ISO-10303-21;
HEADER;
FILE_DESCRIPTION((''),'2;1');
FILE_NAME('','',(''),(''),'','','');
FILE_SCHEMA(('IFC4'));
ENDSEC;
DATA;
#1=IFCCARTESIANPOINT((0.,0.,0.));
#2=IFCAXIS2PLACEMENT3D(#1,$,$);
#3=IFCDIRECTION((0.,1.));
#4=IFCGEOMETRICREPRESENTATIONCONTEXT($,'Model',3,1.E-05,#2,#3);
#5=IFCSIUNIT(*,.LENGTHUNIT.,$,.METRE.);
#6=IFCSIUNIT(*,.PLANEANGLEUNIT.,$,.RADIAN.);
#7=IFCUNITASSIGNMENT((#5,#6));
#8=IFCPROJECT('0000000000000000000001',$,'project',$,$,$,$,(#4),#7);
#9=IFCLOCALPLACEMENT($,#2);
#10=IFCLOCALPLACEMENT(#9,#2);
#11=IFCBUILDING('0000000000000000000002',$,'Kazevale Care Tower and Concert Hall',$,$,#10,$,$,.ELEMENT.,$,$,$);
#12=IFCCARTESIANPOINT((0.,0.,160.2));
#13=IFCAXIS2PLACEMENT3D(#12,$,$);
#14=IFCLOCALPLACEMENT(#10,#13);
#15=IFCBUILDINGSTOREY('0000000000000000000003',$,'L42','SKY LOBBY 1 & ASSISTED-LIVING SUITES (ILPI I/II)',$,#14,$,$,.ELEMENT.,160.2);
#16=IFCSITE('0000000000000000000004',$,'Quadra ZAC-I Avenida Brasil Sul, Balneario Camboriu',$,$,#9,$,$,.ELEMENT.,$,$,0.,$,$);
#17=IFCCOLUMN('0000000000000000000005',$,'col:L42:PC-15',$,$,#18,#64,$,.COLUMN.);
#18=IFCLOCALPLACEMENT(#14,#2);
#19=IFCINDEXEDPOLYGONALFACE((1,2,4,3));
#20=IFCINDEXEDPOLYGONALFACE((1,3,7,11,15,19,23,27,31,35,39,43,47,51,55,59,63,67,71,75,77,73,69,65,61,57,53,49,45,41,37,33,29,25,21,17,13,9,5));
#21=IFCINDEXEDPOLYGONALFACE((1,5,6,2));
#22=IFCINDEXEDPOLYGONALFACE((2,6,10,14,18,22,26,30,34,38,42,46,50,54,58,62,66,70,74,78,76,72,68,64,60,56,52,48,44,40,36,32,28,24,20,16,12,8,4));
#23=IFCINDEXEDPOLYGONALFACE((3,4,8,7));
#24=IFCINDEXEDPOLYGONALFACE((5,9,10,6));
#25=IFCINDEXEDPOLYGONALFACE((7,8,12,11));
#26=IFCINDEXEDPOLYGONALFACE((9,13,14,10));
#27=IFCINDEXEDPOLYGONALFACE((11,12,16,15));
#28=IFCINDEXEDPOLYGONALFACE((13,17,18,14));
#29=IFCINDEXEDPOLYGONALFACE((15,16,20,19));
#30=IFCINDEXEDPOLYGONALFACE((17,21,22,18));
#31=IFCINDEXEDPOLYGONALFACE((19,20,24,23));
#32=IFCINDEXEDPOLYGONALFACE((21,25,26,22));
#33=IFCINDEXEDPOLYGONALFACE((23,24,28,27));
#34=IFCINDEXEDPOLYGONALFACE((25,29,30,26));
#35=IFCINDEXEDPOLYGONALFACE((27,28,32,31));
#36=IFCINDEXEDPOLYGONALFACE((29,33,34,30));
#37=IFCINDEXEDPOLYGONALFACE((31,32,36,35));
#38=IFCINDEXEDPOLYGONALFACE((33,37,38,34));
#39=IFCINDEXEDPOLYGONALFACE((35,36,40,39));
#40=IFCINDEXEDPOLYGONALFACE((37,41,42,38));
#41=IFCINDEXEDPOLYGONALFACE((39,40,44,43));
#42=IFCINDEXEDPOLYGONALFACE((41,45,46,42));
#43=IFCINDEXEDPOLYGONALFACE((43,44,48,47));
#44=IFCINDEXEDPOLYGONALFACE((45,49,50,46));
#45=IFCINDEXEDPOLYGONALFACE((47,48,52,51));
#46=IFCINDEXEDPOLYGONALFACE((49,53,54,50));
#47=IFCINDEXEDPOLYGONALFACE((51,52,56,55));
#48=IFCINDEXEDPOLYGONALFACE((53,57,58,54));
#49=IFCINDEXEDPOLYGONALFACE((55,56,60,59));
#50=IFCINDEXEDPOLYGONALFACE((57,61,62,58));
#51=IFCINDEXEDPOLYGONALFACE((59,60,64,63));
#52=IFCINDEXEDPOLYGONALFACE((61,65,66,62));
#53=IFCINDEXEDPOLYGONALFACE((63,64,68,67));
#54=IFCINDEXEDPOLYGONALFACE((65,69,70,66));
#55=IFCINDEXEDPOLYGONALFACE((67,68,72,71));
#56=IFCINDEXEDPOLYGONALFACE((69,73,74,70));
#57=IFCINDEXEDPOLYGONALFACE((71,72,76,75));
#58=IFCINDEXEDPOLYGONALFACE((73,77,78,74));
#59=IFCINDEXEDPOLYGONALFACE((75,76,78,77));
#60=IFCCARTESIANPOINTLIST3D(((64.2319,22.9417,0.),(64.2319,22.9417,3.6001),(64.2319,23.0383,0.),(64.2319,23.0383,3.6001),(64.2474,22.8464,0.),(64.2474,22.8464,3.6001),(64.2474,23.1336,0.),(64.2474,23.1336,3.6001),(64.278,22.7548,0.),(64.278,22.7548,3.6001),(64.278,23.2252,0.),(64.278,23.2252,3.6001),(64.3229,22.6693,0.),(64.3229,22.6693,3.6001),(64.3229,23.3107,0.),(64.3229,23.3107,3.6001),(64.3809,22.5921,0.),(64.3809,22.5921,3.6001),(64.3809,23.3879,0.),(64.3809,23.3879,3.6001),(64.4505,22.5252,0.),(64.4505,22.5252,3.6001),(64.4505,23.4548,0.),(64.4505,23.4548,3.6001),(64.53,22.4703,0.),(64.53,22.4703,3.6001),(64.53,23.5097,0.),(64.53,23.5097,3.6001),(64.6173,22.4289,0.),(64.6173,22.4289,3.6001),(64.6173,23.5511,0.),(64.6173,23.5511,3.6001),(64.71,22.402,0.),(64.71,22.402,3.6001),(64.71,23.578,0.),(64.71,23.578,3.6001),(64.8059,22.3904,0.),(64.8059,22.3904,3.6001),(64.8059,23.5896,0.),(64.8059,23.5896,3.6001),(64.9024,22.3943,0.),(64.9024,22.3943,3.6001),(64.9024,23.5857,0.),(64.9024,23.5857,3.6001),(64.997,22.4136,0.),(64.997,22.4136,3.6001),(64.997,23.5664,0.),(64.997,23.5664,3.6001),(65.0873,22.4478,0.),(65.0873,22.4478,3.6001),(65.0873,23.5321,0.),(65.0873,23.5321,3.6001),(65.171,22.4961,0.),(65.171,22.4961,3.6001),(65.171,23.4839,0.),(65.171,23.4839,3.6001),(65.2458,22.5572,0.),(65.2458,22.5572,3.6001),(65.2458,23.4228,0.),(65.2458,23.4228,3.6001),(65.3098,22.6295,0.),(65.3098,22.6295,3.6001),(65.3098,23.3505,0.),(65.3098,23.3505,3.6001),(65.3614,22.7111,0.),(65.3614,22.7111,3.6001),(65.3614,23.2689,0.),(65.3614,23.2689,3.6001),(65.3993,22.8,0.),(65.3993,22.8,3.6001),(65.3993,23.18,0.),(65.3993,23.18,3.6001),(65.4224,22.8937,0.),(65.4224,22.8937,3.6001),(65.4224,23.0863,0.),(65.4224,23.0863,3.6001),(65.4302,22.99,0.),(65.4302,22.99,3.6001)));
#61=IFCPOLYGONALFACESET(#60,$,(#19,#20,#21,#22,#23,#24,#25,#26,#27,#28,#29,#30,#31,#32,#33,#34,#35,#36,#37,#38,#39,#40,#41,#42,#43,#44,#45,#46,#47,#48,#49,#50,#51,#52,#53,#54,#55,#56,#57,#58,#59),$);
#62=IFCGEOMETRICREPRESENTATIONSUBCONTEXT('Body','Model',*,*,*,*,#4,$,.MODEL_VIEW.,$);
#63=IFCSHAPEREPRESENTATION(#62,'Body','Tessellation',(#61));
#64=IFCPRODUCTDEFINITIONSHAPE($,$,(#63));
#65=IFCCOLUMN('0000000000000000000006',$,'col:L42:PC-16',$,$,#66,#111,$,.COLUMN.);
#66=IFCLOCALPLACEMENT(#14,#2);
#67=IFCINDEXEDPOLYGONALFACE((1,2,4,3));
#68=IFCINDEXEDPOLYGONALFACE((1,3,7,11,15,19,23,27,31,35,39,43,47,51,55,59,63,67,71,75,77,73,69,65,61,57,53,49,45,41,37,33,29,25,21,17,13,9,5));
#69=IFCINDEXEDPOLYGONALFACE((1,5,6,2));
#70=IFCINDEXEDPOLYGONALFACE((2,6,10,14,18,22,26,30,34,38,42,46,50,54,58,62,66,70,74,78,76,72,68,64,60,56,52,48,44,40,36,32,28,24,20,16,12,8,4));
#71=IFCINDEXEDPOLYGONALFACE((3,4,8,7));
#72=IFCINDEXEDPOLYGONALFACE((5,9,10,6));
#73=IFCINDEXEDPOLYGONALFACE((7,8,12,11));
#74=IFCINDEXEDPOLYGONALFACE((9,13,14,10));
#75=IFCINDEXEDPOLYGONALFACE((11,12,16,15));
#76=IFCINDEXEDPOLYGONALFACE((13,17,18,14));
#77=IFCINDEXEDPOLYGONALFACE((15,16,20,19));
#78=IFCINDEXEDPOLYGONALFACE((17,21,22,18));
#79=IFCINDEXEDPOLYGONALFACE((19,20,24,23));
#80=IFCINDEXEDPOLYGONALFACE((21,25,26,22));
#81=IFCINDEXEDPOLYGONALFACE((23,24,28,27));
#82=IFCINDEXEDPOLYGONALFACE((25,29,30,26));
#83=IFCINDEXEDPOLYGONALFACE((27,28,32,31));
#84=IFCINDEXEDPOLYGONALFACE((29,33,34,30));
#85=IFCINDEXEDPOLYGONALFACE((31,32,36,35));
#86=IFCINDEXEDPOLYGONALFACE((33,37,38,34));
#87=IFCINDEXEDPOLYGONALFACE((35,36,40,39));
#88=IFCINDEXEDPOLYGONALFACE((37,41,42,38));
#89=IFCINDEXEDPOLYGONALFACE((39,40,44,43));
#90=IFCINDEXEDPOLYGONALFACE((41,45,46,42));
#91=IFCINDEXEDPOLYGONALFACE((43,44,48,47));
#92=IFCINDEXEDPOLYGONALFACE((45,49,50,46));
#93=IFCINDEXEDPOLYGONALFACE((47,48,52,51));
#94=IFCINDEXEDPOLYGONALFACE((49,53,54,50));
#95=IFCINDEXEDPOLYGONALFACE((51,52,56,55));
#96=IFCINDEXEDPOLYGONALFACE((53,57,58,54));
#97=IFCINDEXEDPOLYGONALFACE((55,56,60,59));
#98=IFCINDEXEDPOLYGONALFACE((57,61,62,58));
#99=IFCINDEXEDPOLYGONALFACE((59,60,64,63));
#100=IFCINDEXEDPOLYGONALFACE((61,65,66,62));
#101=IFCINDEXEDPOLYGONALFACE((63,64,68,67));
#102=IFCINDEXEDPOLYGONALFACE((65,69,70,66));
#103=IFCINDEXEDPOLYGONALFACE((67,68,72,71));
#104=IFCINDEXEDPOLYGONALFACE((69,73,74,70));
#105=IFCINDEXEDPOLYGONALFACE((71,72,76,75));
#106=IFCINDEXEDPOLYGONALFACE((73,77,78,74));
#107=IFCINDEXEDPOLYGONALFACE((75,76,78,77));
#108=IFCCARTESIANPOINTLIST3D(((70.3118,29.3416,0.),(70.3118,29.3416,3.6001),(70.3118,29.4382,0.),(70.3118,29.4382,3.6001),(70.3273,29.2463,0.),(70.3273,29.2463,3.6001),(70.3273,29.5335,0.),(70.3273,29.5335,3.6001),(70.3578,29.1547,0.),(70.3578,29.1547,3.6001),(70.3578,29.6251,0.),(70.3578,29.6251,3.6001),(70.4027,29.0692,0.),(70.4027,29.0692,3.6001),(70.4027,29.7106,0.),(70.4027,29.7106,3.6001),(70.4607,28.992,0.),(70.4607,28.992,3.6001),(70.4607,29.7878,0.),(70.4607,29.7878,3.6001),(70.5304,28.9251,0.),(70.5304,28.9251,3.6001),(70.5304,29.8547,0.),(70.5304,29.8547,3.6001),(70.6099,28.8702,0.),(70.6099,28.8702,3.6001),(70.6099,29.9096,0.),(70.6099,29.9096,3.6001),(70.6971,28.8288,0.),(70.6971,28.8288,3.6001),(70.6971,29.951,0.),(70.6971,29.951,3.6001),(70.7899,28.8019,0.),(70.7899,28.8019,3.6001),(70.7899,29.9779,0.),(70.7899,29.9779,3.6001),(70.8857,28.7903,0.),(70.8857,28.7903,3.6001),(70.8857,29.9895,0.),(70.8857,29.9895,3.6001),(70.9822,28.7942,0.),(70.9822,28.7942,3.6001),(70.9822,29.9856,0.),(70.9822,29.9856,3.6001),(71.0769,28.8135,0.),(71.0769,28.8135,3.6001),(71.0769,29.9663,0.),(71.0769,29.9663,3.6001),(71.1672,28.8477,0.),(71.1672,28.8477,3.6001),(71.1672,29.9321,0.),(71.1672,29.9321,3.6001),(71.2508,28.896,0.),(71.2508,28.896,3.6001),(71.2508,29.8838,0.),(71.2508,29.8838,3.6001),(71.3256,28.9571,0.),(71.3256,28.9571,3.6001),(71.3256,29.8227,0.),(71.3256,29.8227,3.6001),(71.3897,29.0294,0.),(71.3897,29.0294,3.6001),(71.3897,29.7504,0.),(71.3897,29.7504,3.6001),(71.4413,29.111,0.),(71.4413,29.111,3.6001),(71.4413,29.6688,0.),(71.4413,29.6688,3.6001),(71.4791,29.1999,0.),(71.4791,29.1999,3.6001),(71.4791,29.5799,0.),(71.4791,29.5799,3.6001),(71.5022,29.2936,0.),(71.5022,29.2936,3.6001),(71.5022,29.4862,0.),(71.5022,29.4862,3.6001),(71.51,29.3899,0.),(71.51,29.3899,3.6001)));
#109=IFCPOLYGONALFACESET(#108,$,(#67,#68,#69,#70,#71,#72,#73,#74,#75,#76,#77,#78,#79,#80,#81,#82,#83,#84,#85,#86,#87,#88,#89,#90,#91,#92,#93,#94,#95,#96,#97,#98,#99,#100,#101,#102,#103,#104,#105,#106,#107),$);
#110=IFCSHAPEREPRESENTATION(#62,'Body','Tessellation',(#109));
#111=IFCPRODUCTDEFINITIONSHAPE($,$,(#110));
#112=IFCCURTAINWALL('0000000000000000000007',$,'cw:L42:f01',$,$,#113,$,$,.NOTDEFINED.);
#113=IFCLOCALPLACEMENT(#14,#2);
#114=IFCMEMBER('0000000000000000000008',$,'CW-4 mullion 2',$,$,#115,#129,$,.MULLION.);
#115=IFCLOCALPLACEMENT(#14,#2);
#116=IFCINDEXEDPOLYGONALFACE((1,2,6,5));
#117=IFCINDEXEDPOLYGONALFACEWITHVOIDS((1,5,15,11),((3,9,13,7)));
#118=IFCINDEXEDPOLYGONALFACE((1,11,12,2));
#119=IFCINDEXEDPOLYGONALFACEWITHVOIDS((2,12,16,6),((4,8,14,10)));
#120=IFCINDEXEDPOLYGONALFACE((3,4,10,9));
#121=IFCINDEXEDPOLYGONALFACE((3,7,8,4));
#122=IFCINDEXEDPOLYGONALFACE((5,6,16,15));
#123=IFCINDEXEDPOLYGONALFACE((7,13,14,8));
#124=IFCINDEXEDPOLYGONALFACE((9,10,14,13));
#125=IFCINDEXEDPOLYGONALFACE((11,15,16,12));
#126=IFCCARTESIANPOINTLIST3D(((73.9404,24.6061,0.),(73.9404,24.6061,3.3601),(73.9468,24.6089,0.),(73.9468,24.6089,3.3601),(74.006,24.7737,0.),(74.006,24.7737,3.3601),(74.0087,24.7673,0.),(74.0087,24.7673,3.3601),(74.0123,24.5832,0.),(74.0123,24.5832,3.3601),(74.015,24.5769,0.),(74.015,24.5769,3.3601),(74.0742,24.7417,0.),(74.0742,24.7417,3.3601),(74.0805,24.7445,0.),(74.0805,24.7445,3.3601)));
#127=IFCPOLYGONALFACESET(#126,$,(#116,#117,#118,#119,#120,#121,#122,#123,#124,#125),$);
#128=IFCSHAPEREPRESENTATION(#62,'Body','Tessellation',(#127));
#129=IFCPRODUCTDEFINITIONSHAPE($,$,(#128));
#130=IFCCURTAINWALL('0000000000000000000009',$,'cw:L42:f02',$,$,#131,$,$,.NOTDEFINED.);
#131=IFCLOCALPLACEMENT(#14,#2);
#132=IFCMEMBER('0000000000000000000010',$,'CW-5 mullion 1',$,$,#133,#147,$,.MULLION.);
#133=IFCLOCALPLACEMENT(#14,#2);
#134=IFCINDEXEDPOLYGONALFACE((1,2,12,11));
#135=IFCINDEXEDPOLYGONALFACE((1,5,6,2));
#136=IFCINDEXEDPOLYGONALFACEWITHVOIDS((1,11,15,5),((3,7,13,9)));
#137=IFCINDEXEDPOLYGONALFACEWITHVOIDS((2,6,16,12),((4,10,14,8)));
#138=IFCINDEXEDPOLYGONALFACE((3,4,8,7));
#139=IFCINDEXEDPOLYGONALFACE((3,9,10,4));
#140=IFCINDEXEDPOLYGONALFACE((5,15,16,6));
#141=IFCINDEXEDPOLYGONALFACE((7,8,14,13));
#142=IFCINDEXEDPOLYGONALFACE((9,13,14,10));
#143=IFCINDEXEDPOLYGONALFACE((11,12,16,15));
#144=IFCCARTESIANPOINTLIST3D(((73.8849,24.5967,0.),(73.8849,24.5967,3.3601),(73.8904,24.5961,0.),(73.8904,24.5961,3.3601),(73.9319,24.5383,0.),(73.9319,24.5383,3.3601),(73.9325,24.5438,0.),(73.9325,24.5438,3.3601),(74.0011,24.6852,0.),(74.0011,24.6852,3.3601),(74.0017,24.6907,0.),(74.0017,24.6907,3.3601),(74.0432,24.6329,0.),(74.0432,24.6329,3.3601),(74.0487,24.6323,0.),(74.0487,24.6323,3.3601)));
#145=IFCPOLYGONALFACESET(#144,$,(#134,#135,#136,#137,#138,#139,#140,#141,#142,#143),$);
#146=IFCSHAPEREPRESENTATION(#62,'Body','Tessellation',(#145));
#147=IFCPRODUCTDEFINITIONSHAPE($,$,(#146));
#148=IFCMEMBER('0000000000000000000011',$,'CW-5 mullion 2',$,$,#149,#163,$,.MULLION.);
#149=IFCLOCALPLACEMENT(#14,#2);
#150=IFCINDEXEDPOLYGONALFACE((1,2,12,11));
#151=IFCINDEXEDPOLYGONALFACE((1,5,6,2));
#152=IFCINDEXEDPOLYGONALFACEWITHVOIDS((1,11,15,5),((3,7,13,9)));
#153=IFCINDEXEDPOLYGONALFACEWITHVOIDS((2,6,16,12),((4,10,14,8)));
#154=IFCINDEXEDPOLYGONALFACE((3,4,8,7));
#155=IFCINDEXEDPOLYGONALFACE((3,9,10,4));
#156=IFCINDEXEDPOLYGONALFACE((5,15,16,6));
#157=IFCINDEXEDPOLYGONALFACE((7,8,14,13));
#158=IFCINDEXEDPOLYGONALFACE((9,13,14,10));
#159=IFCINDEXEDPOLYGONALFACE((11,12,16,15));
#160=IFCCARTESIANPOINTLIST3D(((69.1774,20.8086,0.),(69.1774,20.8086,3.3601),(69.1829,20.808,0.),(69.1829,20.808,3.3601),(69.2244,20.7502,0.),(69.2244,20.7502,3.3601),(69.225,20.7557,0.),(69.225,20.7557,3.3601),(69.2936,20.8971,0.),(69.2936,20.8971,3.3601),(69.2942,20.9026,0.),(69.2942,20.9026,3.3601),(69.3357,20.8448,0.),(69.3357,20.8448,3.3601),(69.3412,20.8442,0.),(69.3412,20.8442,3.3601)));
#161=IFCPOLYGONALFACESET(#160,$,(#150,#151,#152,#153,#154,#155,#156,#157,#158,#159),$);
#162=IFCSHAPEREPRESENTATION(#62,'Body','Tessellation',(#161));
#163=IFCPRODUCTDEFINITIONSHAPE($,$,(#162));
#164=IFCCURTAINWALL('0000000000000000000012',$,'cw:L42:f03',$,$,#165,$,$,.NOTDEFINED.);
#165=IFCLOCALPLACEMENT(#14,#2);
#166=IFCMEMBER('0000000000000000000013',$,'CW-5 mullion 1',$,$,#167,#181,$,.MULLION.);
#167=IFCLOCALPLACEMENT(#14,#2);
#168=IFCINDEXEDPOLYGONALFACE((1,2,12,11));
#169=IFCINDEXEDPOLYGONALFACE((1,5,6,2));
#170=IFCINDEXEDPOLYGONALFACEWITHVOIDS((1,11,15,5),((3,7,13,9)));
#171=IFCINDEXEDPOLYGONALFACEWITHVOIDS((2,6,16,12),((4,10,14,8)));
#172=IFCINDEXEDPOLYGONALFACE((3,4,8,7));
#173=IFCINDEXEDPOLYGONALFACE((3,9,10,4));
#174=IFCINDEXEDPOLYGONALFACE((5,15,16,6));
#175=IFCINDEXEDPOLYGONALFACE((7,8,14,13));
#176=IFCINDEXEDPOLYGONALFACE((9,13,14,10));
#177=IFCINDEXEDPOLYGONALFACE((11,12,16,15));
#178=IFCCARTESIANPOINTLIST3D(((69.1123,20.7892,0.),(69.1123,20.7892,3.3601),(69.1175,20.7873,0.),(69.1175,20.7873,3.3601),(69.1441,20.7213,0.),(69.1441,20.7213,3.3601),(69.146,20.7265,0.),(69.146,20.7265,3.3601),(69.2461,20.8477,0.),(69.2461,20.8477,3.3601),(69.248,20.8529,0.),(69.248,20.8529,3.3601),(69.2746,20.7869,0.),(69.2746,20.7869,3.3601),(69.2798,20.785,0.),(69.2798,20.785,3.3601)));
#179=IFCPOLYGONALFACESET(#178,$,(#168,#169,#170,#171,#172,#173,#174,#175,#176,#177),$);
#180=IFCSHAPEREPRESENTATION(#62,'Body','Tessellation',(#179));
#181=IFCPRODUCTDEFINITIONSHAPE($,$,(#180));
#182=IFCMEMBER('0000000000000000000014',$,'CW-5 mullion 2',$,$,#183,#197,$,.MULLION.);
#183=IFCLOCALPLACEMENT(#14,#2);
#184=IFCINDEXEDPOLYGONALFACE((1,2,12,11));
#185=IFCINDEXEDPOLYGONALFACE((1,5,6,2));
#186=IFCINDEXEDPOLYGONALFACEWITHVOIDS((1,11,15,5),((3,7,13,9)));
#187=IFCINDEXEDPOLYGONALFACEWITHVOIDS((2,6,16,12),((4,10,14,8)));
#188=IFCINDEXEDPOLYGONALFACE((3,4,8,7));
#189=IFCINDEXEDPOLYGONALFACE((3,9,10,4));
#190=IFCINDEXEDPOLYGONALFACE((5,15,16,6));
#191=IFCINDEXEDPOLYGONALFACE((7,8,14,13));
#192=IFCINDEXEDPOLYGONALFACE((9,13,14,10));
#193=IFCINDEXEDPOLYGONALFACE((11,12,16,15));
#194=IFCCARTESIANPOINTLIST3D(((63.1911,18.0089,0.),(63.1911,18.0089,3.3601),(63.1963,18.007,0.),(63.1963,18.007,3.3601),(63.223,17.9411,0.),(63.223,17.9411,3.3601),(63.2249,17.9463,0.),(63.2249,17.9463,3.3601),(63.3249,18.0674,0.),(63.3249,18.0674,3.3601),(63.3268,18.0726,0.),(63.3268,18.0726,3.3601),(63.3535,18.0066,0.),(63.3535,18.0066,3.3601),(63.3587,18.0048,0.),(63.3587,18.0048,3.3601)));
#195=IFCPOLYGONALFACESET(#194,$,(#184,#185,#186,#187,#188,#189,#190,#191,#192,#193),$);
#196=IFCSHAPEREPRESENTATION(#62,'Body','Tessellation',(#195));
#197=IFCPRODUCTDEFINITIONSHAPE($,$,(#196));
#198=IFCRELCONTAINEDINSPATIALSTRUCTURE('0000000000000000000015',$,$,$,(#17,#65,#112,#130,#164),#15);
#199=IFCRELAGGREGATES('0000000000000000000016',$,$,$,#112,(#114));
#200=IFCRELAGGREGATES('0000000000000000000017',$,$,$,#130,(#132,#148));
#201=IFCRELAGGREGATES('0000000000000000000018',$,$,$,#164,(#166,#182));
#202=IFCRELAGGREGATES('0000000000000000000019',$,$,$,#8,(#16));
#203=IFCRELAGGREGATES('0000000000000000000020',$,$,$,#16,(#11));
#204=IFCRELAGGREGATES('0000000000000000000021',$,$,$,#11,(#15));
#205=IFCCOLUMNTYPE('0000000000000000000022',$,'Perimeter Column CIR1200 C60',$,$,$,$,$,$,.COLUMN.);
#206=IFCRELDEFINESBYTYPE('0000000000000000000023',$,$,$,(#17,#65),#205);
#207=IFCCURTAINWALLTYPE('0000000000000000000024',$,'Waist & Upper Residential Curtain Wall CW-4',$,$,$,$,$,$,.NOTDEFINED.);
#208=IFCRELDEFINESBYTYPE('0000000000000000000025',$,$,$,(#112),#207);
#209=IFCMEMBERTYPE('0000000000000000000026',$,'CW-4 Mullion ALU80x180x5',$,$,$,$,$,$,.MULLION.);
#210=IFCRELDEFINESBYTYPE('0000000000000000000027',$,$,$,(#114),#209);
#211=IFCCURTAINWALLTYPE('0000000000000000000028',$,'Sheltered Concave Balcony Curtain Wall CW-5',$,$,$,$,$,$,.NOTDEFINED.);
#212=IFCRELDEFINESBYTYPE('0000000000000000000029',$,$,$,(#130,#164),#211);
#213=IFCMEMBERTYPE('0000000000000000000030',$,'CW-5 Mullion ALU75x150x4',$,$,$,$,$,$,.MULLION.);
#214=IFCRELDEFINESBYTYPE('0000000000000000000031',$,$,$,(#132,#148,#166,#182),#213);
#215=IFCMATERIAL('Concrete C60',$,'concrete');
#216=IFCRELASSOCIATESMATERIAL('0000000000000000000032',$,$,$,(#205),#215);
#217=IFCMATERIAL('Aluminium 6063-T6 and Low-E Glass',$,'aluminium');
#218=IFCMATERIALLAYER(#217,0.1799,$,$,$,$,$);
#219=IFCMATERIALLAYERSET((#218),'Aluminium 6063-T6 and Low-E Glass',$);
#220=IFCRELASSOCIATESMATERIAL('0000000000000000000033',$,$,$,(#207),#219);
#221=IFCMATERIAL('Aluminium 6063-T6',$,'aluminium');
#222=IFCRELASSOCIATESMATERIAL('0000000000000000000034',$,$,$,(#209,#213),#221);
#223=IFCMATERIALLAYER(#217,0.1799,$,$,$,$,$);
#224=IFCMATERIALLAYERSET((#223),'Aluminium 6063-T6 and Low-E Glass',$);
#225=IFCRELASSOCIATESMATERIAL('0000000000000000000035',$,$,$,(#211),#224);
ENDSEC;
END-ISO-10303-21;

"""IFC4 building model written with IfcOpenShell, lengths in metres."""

from ifc_helpers import new_model, si_unit, direction, frame, origin, origin_2d, place, context, subcontext, project, spatial, hollow_rectangle, circle, extrude, material, layer, layer_set, material_profile, profile_set, type_object, element, aggregate, save


model = new_model("IFC4")

# Units and contexts
model_context = context("Model", 3, precision=1e-05, world=origin(), true_north=direction((0.0, 1.0)))
body_context = subcontext(model_context, "Body", "Model", "MODEL_VIEW")
ifc_project = project(units=[si_unit("LENGTHUNIT", "METRE"), si_unit("PLANEANGLEUNIT", "RADIAN")], contexts=[model_context])

# Site, building, storey
site_placement = place(None, origin())
site = spatial("IfcSite", under=ifc_project, at=site_placement, Name="Quadra ZAC-I Avenida Brasil Sul, Balneario Camboriu", CompositionType="ELEMENT", RefElevation=0.0)
building_placement = place(site_placement, origin())
building = spatial("IfcBuilding", under=site, at=building_placement, Name="Kazevale Care Tower and Concert Hall", CompositionType="ELEMENT")
storey_placement = place(building_placement, frame((0.0, 0.0, 160.2)))
storey = spatial("IfcBuildingStorey", under=building, at=storey_placement, Name="L42", Description="SKY LOBBY 1 & ASSISTED-LIVING SUITES (ILPI I/II)", CompositionType="ELEMENT", Elevation=160.2)

# Columns
ifc_material_1 = material(Name="Concrete C60", Category="concrete")
ifc_material_profile_1 = material_profile(ifc_material_1, circle(Radius=0.6001, at=origin_2d()), Name="RC-CIR1200")
ifc_profile_set_1 = profile_set([ifc_material_profile_1], Name="Concrete C60")
column_type = type_object("IfcColumnType", Name="Perimeter Column CIR1200 C60", PredefinedType="COLUMN", material=ifc_profile_set_1)
for number, where, z_axis, x_axis, name in (
    (1, (64.8301, 22.99, 0.0), (0.0, 0.0, 1.0), (1.0, 0.0, 0.0), "col:L42:PC-15"),
    (2, (70.9099, 29.3899, 0.0), (0.0, 0.0, 1.0), (1.0, 0.0, 0.0), "col:L42:PC-16"),
):
    element("IfcColumn", number, at=place(storey_placement, frame(where, z_axis=z_axis, x_axis=x_axis)), inside=storey, type_object=column_type, Name=name, PredefinedType="COLUMN", context=body_context, shape_type="SweptSolid", body=[
        extrude(circle(Radius=0.6001, at=origin_2d()), origin(), (0.0, 0.0, 1.0), 3.6001),
    ])

# Curtain wall, member
ifc_material_2 = material(Name="Aluminium 6063-T6 and Low-E Glass", Category="aluminium")
ifc_layer_1 = layer(ifc_material_2, 0.1799)
ifc_layer_set_1 = layer_set([ifc_layer_1], Name="Aluminium 6063-T6 and Low-E Glass")
curtain_wall_type_1 = type_object("IfcCurtainWallType", Name="Waist & Upper Residential Curtain Wall CW-4", PredefinedType="NOTDEFINED", material=ifc_layer_set_1)
curtain_wall_1_placement = place(storey_placement, origin())
curtain_wall_1 = element("IfcCurtainWall", 3, at=curtain_wall_1_placement, inside=storey, type_object=curtain_wall_type_1, Name="cw:L42:f01", PredefinedType="NOTDEFINED")
ifc_material_3 = material(Name="Aluminium 6063-T6", Category="aluminium")
ifc_material_profile_2 = material_profile(ifc_material_3, hollow_rectangle(XDim=0.0801, YDim=0.1799, WallThickness=0.0049, at=origin_2d()), Name="ALU80x180x5")
ifc_profile_set_2 = profile_set([ifc_material_profile_2], Name="Aluminium 6063-T6")
member_type_1 = type_object("IfcMemberType", Name="CW-4 Mullion ALU80x180x5", PredefinedType="MULLION", material=ifc_profile_set_2)
member_1_placement = place(storey_placement, frame((74.0105, 24.6753, 0.0), z_axis=(0.0, 0.0, 1.0), x_axis=(0.931352, -0.364121, 0.0)))
member_1 = element("IfcMember", 4, at=member_1_placement, type_object=member_type_1, Name="CW-4 mullion 2", PredefinedType="MULLION", context=body_context, shape_type="SweptSolid", body=[
    extrude(hollow_rectangle(XDim=0.0801, YDim=0.1799, WallThickness=0.0049, at=origin_2d()), origin(), (0.0, 0.0, 1.0), 3.3601),
])

# Curtain walls, members
ifc_layer_2 = layer(ifc_material_2, 0.1799)
ifc_layer_set_2 = layer_set([ifc_layer_2], Name="Aluminium 6063-T6 and Low-E Glass")
curtain_wall_type_2 = type_object("IfcCurtainWallType", Name="Sheltered Concave Balcony Curtain Wall CW-5", PredefinedType="NOTDEFINED", material=ifc_layer_set_2)
curtain_wall_2_placement = place(storey_placement, origin())
curtain_wall_2 = element("IfcCurtainWall", 5, at=curtain_wall_2_placement, inside=storey, type_object=curtain_wall_type_2, Name="cw:L42:f02", PredefinedType="NOTDEFINED")
ifc_material_profile_3 = material_profile(ifc_material_3, hollow_rectangle(XDim=0.075, YDim=0.1499, WallThickness=0.0039, at=origin_2d()), Name="ALU75x150x4")
ifc_profile_set_3 = profile_set([ifc_material_profile_3], Name="Aluminium 6063-T6")
member_type_2 = type_object("IfcMemberType", Name="CW-5 Mullion ALU75x150x4", PredefinedType="MULLION", material=ifc_profile_set_3)
member_2_placement = place(storey_placement, frame((73.9668, 24.6145, 0.0), z_axis=(0.0, 0.0, 1.0), x_axis=(0.626905, -0.779095, 0.0)))
member_2 = element("IfcMember", 6, at=member_2_placement, type_object=member_type_2, Name="CW-5 mullion 1", PredefinedType="MULLION", context=body_context, shape_type="SweptSolid", body=[
    extrude(hollow_rectangle(XDim=0.075, YDim=0.1499, WallThickness=0.0039, at=origin_2d()), origin(), (0.0, 0.0, 1.0), 3.3601),
])
member_3_placement = place(storey_placement, frame((69.2593, 20.8264, 0.0), z_axis=(0.0, 0.0, 1.0), x_axis=(0.626905, -0.779095, 0.0)))
member_3 = element("IfcMember", 7, at=member_3_placement, type_object=member_type_2, Name="CW-5 mullion 2", PredefinedType="MULLION", context=body_context, shape_type="SweptSolid", body=[
    extrude(hollow_rectangle(XDim=0.075, YDim=0.1499, WallThickness=0.0039, at=origin_2d()), origin(), (0.0, 0.0, 1.0), 3.3601),
])
curtain_wall_3_placement = place(storey_placement, origin())
curtain_wall_3 = element("IfcCurtainWall", 8, at=curtain_wall_3_placement, inside=storey, type_object=curtain_wall_type_2, Name="cw:L42:f03", PredefinedType="NOTDEFINED")
member_4_placement = place(storey_placement, frame((69.196, 20.7871, 0.0), z_axis=(0.0, 0.0, 1.0), x_axis=(0.425011, -0.905188, 0.0)))
member_4 = element("IfcMember", 9, at=member_4_placement, type_object=member_type_2, Name="CW-5 mullion 1", PredefinedType="MULLION", context=body_context, shape_type="SweptSolid", body=[
    extrude(hollow_rectangle(XDim=0.075, YDim=0.1499, WallThickness=0.0039, at=origin_2d()), origin(), (0.0, 0.0, 1.0), 3.3601),
])
member_5_placement = place(storey_placement, frame((63.2749, 18.0068, 0.0), z_axis=(0.0, 0.0, 1.0), x_axis=(0.425011, -0.905188, 0.0)))
member_5 = element("IfcMember", 10, at=member_5_placement, type_object=member_type_2, Name="CW-5 mullion 2", PredefinedType="MULLION", context=body_context, shape_type="SweptSolid", body=[
    extrude(hollow_rectangle(XDim=0.075, YDim=0.1499, WallThickness=0.0039, at=origin_2d()), origin(), (0.0, 0.0, 1.0), 3.3601),
])

aggregate(curtain_wall_1, [member_1])
aggregate(curtain_wall_2, [member_2, member_3])
aggregate(curtain_wall_3, [member_4, member_5])

save(model, "model.ifc")
